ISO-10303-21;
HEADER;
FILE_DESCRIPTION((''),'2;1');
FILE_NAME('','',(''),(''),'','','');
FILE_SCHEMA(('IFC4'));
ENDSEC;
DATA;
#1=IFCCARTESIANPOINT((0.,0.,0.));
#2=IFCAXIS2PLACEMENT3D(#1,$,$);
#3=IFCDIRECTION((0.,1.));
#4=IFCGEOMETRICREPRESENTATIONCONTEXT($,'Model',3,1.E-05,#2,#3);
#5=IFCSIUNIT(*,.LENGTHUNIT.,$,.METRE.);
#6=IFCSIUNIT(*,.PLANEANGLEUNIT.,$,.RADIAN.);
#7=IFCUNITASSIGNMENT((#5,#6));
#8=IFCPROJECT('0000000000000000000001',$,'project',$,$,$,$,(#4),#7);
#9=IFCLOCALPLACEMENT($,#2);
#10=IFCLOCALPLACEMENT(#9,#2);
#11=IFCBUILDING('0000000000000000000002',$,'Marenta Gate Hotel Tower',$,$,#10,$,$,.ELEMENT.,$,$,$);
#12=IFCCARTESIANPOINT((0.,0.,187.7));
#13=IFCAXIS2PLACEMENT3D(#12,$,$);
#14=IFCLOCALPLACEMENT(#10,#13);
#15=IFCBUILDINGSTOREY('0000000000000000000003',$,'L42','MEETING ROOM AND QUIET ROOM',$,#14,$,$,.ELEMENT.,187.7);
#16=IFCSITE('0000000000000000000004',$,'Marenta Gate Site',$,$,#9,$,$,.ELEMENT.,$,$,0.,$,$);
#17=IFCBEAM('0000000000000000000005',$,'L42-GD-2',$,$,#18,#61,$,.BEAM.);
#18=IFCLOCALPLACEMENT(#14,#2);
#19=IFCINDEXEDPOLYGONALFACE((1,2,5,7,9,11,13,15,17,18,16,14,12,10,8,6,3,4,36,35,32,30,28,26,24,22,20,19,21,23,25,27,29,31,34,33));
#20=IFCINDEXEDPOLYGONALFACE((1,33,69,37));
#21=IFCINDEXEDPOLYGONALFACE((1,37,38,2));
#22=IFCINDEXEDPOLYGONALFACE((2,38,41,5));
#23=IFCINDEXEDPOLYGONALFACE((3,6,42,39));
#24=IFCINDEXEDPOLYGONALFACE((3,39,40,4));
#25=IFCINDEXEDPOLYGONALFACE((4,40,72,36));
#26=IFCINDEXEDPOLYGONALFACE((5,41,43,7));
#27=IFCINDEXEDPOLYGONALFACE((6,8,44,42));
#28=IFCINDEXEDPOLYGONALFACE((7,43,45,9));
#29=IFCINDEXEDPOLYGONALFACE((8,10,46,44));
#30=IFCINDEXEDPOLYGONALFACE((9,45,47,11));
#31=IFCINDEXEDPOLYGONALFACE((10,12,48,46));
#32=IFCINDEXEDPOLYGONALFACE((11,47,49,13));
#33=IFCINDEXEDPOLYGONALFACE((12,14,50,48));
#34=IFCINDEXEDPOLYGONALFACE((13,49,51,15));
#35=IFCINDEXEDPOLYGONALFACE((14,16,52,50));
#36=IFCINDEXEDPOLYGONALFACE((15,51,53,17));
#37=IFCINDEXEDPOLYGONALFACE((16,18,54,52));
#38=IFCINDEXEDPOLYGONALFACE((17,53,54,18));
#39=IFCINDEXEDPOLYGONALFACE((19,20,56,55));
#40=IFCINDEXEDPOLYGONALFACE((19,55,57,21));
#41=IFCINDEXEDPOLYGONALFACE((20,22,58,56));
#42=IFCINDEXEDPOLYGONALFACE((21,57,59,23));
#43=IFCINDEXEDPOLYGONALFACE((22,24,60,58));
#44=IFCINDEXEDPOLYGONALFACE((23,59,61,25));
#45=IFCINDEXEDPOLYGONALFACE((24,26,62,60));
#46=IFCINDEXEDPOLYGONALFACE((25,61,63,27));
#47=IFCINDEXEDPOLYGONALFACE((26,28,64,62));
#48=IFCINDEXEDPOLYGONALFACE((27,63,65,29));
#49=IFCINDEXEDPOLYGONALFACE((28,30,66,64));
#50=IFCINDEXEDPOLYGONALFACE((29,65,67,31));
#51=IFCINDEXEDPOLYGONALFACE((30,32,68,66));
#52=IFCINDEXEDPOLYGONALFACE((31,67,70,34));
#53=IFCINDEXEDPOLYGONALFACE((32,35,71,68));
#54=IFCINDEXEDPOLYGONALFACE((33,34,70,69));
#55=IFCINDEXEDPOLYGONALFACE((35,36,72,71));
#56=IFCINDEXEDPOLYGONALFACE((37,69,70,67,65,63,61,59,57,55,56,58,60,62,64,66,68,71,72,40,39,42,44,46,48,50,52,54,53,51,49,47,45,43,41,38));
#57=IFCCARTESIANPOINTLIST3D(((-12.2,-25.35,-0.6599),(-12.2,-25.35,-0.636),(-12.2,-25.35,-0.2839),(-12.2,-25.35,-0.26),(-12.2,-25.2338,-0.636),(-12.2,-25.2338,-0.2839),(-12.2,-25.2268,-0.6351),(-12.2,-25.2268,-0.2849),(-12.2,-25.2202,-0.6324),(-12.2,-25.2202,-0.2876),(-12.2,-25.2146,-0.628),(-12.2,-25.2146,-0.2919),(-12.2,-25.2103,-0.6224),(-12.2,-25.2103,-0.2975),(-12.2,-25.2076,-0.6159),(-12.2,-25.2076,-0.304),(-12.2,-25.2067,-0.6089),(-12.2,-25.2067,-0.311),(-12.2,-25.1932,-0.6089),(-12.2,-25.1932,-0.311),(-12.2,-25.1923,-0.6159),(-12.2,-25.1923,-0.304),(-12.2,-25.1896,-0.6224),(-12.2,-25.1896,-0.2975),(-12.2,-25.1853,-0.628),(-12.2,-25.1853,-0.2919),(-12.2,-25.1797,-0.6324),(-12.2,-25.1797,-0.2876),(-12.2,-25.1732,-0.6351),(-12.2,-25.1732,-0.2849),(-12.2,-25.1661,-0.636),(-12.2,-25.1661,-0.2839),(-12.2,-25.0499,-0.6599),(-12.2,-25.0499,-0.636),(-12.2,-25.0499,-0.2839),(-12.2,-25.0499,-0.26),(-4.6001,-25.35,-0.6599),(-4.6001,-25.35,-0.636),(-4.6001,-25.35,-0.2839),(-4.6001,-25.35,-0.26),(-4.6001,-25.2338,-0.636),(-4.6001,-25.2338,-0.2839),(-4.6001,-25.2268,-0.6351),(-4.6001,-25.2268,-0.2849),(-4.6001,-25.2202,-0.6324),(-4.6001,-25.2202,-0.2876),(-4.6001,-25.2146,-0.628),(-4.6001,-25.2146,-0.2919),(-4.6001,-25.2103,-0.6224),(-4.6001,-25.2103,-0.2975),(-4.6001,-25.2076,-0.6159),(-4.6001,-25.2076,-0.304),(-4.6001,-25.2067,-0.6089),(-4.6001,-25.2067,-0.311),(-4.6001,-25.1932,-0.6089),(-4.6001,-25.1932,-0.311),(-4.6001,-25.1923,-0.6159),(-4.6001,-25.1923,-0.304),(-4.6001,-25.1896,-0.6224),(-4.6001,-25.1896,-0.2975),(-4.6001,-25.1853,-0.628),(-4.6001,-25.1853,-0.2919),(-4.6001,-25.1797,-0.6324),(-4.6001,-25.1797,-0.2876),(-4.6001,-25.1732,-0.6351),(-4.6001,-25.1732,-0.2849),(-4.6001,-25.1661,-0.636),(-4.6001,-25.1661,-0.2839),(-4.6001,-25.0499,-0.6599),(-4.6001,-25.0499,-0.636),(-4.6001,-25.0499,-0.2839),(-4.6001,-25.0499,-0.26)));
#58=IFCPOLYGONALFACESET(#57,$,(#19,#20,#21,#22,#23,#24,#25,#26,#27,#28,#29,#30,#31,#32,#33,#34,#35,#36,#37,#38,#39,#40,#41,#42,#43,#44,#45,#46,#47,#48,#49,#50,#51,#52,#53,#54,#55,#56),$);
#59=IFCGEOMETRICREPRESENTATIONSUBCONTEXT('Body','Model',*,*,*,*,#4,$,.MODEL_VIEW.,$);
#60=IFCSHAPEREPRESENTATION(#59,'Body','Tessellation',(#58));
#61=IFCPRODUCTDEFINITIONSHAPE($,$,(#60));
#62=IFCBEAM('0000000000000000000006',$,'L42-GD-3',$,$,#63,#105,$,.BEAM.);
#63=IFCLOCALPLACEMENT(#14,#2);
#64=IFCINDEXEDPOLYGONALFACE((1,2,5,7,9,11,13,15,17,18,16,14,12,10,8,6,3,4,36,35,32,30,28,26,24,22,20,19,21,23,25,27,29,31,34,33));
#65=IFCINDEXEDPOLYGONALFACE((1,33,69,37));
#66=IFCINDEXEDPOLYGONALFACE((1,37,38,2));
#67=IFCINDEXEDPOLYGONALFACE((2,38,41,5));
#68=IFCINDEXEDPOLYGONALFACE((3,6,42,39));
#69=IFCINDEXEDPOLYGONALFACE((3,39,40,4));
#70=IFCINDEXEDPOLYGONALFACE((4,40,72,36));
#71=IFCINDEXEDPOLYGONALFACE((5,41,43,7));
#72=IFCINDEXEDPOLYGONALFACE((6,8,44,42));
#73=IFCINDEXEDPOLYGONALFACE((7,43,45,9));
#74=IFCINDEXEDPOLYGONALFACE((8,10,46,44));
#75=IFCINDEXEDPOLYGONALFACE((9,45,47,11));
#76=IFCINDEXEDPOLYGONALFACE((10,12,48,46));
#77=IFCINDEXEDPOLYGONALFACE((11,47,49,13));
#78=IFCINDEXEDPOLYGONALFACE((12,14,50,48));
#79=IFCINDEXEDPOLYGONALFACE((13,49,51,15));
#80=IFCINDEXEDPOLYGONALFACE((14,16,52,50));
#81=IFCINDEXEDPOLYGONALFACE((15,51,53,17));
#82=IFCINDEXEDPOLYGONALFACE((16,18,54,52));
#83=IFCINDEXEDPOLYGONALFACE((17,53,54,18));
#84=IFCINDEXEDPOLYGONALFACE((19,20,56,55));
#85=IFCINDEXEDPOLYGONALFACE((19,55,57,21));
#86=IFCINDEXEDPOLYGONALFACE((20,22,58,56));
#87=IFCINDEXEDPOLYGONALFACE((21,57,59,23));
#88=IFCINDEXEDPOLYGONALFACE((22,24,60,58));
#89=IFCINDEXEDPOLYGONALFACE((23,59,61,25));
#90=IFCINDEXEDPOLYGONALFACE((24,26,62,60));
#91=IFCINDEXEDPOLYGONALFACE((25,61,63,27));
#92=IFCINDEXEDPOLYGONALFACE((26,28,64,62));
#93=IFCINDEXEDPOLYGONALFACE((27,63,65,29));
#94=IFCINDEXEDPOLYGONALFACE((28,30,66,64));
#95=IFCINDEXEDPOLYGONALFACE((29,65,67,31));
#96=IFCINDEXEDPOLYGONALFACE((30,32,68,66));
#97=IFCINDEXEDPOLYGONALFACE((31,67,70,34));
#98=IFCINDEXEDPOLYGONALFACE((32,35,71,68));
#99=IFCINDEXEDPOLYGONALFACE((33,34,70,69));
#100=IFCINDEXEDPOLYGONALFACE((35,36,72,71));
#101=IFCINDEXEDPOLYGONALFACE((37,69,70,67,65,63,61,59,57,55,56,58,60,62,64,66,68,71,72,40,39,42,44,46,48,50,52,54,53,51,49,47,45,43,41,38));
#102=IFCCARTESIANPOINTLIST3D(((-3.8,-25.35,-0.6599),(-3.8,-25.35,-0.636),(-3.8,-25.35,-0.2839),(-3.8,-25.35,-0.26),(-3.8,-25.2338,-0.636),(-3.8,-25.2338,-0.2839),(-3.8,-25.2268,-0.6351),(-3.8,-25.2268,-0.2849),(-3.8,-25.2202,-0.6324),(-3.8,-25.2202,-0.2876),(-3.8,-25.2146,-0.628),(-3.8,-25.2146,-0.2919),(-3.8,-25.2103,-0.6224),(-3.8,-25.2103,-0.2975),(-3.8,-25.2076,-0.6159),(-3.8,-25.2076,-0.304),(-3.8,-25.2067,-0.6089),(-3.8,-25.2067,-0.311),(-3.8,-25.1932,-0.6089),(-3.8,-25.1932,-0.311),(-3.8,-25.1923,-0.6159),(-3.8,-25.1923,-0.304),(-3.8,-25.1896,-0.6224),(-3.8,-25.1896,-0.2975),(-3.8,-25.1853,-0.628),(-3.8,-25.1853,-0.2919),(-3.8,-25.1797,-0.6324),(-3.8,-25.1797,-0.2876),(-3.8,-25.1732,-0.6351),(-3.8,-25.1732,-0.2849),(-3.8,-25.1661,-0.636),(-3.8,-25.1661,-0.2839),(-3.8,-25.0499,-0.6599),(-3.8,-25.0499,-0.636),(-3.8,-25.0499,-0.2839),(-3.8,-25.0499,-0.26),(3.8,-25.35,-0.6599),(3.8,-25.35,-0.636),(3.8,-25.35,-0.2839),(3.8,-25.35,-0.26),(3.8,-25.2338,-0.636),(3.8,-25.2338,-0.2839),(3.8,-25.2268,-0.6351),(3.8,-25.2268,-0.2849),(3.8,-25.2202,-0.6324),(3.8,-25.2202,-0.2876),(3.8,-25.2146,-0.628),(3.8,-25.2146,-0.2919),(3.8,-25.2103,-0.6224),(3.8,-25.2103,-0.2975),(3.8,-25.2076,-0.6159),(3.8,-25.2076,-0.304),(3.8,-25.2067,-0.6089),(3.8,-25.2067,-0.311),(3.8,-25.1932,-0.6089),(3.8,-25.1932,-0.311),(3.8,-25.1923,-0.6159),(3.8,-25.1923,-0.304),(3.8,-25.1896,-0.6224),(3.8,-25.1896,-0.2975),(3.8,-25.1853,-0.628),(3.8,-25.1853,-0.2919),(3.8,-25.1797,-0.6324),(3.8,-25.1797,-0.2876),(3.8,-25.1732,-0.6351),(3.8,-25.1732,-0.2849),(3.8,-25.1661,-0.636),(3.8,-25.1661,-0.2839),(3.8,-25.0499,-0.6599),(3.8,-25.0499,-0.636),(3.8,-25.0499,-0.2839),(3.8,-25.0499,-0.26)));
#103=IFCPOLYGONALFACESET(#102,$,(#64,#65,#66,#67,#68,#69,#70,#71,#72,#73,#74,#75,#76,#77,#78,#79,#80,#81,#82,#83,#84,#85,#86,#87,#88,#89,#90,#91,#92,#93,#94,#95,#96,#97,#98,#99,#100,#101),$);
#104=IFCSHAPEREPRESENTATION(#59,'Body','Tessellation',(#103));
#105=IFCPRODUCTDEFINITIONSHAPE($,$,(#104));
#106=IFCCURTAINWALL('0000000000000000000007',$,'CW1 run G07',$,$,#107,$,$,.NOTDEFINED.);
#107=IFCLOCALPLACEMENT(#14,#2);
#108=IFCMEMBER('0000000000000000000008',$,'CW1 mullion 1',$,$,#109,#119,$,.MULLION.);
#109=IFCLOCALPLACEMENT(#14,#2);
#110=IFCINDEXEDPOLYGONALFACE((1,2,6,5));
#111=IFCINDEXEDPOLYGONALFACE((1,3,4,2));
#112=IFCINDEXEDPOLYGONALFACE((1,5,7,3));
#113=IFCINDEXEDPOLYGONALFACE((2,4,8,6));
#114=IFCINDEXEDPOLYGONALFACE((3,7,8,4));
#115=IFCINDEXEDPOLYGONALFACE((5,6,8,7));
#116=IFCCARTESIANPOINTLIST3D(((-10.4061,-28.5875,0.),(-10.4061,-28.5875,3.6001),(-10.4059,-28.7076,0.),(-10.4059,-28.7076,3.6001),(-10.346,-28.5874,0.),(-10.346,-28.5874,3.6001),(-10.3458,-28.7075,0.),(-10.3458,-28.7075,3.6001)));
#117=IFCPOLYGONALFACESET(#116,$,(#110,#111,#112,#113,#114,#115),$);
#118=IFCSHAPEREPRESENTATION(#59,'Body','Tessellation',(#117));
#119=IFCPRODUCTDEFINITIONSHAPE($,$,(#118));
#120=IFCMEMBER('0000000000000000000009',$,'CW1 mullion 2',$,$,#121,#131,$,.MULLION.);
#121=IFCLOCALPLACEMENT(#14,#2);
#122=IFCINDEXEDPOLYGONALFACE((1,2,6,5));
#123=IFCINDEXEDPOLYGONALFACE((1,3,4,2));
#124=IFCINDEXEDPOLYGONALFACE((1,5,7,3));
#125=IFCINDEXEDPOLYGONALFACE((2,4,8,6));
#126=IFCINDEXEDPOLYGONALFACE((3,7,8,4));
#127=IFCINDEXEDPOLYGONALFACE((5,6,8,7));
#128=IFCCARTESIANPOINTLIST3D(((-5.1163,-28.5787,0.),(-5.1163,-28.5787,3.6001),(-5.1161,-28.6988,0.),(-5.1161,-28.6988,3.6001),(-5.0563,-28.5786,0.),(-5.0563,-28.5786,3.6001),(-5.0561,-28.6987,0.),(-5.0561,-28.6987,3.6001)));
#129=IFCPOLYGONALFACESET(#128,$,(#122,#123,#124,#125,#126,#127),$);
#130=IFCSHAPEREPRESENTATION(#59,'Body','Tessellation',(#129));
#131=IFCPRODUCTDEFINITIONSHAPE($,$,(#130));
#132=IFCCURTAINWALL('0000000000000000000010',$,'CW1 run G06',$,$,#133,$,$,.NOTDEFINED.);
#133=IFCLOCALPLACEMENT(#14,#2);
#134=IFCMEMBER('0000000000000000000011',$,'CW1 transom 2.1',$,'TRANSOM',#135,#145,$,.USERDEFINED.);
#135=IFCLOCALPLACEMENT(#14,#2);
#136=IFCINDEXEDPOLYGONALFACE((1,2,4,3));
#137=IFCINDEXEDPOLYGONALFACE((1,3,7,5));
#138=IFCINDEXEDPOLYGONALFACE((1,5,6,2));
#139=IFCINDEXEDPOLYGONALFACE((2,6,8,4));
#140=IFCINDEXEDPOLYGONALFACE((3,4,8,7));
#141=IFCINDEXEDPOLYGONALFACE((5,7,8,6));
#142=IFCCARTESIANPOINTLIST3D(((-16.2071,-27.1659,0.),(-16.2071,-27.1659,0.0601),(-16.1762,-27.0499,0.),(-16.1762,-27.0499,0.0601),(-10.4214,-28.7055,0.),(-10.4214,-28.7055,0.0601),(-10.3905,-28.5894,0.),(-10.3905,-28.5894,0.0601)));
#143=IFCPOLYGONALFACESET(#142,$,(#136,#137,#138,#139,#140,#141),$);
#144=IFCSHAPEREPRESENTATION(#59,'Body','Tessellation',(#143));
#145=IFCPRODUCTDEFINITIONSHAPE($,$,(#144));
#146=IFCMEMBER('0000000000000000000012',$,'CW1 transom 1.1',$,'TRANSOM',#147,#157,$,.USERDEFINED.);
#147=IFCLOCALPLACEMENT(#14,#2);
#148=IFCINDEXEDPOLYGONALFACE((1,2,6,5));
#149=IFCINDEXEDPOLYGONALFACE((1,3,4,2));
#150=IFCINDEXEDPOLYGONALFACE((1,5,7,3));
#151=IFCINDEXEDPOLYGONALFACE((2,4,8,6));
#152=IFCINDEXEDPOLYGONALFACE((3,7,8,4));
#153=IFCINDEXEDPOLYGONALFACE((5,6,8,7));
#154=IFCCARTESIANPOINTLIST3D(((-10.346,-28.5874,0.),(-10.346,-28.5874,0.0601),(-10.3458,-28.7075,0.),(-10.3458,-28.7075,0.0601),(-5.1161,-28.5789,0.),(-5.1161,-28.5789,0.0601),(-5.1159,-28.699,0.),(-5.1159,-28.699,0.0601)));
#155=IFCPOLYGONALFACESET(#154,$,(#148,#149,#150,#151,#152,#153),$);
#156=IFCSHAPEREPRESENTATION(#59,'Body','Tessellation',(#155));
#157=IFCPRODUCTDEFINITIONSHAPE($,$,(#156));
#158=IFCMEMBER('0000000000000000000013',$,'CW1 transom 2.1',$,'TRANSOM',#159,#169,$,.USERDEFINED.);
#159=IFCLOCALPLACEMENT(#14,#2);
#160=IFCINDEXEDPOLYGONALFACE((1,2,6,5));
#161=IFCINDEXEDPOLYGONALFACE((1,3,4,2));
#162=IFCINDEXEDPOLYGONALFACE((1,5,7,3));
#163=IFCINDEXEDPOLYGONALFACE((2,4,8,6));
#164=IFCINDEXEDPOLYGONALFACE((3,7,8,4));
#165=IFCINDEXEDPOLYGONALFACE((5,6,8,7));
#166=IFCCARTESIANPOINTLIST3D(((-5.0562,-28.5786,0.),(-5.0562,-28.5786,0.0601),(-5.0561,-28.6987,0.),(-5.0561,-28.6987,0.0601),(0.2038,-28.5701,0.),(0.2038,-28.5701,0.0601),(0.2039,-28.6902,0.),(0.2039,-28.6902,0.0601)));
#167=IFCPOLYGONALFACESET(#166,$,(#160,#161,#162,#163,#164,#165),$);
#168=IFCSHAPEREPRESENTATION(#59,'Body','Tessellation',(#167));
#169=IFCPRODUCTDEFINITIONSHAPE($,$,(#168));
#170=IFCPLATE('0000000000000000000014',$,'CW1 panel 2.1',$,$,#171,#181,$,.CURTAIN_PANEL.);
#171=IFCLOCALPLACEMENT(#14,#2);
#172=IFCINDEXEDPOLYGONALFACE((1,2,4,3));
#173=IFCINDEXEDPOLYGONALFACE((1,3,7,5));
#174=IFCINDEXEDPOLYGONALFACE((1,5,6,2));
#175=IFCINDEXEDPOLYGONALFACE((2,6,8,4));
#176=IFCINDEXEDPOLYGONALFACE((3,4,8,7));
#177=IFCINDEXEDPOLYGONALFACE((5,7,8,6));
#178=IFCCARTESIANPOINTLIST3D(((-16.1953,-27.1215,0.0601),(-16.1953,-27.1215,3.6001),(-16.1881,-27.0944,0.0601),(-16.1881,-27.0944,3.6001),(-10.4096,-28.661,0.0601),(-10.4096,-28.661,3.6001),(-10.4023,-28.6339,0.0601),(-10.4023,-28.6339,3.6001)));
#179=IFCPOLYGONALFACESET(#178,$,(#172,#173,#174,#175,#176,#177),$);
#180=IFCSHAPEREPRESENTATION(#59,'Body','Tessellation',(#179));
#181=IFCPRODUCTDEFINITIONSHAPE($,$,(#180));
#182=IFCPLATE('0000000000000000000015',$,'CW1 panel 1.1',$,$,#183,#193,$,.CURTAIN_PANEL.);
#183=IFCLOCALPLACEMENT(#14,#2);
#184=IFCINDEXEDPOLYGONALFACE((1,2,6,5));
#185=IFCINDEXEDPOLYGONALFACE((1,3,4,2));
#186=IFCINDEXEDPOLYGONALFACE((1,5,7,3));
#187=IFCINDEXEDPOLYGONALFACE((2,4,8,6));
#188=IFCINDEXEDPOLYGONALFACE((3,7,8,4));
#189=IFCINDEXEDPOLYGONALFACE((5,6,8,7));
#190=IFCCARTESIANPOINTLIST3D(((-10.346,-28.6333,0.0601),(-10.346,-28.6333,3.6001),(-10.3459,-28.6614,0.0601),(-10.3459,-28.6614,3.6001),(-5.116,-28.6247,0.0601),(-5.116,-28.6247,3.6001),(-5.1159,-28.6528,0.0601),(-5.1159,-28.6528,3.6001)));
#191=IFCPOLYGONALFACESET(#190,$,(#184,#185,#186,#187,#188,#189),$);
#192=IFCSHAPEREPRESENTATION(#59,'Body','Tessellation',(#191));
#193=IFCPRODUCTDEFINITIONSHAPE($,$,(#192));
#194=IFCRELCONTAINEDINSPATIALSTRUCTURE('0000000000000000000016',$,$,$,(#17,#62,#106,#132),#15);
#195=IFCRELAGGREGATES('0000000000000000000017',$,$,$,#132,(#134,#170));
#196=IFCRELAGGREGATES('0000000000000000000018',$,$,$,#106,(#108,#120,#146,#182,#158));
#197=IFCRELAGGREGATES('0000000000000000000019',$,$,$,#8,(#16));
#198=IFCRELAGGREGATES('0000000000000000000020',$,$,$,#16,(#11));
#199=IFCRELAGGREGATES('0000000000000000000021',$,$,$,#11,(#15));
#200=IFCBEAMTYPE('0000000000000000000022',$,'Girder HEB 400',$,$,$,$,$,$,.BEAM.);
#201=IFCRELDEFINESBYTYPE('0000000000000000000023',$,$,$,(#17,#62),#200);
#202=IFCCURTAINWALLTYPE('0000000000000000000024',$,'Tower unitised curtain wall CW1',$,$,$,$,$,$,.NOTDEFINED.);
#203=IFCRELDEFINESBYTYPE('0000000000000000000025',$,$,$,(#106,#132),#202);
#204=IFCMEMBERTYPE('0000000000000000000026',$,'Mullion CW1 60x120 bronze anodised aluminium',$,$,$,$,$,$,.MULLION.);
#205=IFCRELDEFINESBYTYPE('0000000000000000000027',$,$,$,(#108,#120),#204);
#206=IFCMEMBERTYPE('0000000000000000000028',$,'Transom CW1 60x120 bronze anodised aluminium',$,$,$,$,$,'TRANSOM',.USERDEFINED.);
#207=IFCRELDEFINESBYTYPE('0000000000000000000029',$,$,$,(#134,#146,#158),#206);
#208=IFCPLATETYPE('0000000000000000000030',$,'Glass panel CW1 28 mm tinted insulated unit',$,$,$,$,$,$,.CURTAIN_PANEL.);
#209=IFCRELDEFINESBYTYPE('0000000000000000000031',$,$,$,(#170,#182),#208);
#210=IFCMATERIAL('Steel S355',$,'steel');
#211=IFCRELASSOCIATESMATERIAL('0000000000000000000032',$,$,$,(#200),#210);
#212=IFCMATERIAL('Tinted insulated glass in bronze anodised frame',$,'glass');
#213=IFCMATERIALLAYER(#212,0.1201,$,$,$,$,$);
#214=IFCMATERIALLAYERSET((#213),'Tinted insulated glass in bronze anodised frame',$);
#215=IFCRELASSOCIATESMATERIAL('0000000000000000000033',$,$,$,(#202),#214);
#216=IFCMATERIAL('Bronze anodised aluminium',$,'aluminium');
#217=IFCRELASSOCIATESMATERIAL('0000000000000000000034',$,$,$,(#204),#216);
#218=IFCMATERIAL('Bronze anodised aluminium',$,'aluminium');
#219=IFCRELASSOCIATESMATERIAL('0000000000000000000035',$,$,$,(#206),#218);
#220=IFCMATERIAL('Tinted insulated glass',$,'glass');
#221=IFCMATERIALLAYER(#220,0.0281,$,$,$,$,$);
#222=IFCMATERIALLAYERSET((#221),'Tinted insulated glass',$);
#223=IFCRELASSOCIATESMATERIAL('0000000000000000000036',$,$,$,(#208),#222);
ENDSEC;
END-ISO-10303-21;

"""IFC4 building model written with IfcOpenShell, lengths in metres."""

from ifc_helpers import new_model, si_unit, direction, frame, origin, origin_2d, place, context, subcontext, project, spatial, rectangle, i_section, extrude, material, layer, layer_set, material_profile, profile_set, type_object, element, aggregate, save


model = new_model("IFC4")

# Units and contexts
model_context = context("Model", 3, precision=1e-05, world=origin(), true_north=direction((0.0, 1.0)))
body_context = subcontext(model_context, "Body", "Model", "MODEL_VIEW")
ifc_project = project(units=[si_unit("LENGTHUNIT", "METRE"), si_unit("PLANEANGLEUNIT", "RADIAN")], contexts=[model_context])

# Site, building, storey
site_placement = place(None, origin())
site = spatial("IfcSite", under=ifc_project, at=site_placement, Name="Marenta Gate Site", CompositionType="ELEMENT", RefElevation=0.0)
building_placement = place(site_placement, origin())
building = spatial("IfcBuilding", under=site, at=building_placement, Name="Marenta Gate Hotel Tower", CompositionType="ELEMENT")
storey_placement = place(building_placement, frame((0.0, 0.0, 187.7)))
storey = spatial("IfcBuildingStorey", under=building, at=storey_placement, Name="L42", Description="MEETING ROOM AND QUIET ROOM", CompositionType="ELEMENT", Elevation=187.7)

# Beams
ifc_material_1 = material(Name="Steel S355", Category="steel")
ifc_material_profile_1 = material_profile(ifc_material_1, i_section(OverallWidth=0.3, OverallDepth=0.3999, WebThickness=0.0134, FlangeThickness=0.0239, FilletRadius=0.0271, at=origin_2d()), Name="HEB 400")
ifc_profile_set_1 = profile_set([ifc_material_profile_1], Name="Steel S355")
beam_type_1 = type_object("IfcBeamType", Name="Girder HEB 400", PredefinedType="BEAM", material=ifc_profile_set_1)
beam_1_placement = place(storey_placement, frame((-12.2, -25.2, -0.46), z_axis=(1.0, 0.0, 0.0), x_axis=(0.0, 1.0, 0.0)))
element("IfcBeam", 1, at=beam_1_placement, inside=storey, type_object=beam_type_1, Name="L42-GD-2", PredefinedType="BEAM", context=body_context, shape_type="SweptSolid", body=[
    extrude(i_section(OverallWidth=0.3, OverallDepth=0.3999, WebThickness=0.0134, FlangeThickness=0.0239, FilletRadius=0.0271, at=origin_2d()), origin(), (0.0, 0.0, 1.0), 7.5999),
])
beam_2_placement = place(storey_placement, frame((-3.8, -25.2, -0.46), z_axis=(1.0, 0.0, 0.0), x_axis=(0.0, 1.0, 0.0)))
element("IfcBeam", 2, at=beam_2_placement, inside=storey, type_object=beam_type_1, Name="L42-GD-3", PredefinedType="BEAM", context=body_context, shape_type="SweptSolid", body=[
    extrude(i_section(OverallWidth=0.3, OverallDepth=0.3999, WebThickness=0.0134, FlangeThickness=0.0239, FilletRadius=0.0271, at=origin_2d()), origin(), (0.0, 0.0, 1.0), 7.6001),
])

# Curtain wall, members
ifc_material_2 = material(Name="Tinted insulated glass in bronze anodised frame", Category="glass")
ifc_layer_1 = layer(ifc_material_2, 0.1201)
ifc_layer_set_1 = layer_set([ifc_layer_1], Name="Tinted insulated glass in bronze anodised frame")
curtain_wall_type = type_object("IfcCurtainWallType", Name="Tower unitised curtain wall CW1", PredefinedType="NOTDEFINED", material=ifc_layer_set_1)
curtain_wall_1_placement = place(storey_placement, origin())
curtain_wall_1 = element("IfcCurtainWall", 3, at=curtain_wall_1_placement, inside=storey, type_object=curtain_wall_type, Name="CW1 run G07", PredefinedType="NOTDEFINED")
ifc_material_3 = material(Name="Bronze anodised aluminium", Category="aluminium")
ifc_material_profile_2 = material_profile(ifc_material_3, rectangle(XDim=0.1201, YDim=0.0601, at=origin_2d()), Name="Mullion CW1 60x120 bronze anodised aluminium")
ifc_profile_set_2 = profile_set([ifc_material_profile_2], Name="Bronze anodised aluminium")
member_type_1 = type_object("IfcMemberType", Name="Mullion CW1 60x120 bronze anodised aluminium", PredefinedType="MULLION", material=ifc_profile_set_2)
member_1_placement = place(storey_placement, frame((-10.376, -28.6475, 0.0), z_axis=(0.0, 0.0, 1.0), x_axis=(-0.001645, 0.999999, 0.0)))
member_1 = element("IfcMember", 4, at=member_1_placement, type_object=member_type_1, Name="CW1 mullion 1", PredefinedType="MULLION", context=body_context, shape_type="SweptSolid", body=[
    extrude(rectangle(XDim=0.1201, YDim=0.0601, at=origin_2d()), origin(), (0.0, 0.0, 1.0), 3.6001),
])
member_2_placement = place(storey_placement, frame((-5.0862, -28.6387, 0.0), z_axis=(0.0, 0.0, 1.0), x_axis=(-0.001645, 0.999999, 0.0)))
member_2 = element("IfcMember", 5, at=member_2_placement, type_object=member_type_1, Name="CW1 mullion 2", PredefinedType="MULLION", context=body_context, shape_type="SweptSolid", body=[
    extrude(rectangle(XDim=0.1201, YDim=0.0601, at=origin_2d()), origin(), (0.0, 0.0, 1.0), 3.6001),
])

# Curtain wall, member
curtain_wall_2_placement = place(storey_placement, origin())
curtain_wall_2 = element("IfcCurtainWall", 6, at=curtain_wall_2_placement, inside=storey, type_object=curtain_wall_type, Name="CW1 run G06", PredefinedType="NOTDEFINED")
ifc_material_4 = material(Name="Bronze anodised aluminium", Category="aluminium")
ifc_material_profile_3 = material_profile(ifc_material_4, rectangle(XDim=0.1201, YDim=0.0601, at=origin_2d()), Name="Transom CW1 60x120 bronze anodised aluminium")
ifc_profile_set_3 = profile_set([ifc_material_profile_3], Name="Bronze anodised aluminium")
member_type_2 = type_object("IfcMemberType", Name="Transom CW1 60x120 bronze anodised aluminium", ElementType="TRANSOM", PredefinedType="USERDEFINED", material=ifc_profile_set_3)
member_3_placement = place(storey_placement, frame((-16.1917, -27.1079, 0.03), z_axis=(0.966372, -0.25715, 0.0), x_axis=(0.25715, 0.966372, 0.0)))
member_3 = element("IfcMember", 7, at=member_3_placement, type_object=member_type_2, Name="CW1 transom 2.1", ObjectType="TRANSOM", PredefinedType="USERDEFINED", context=body_context, shape_type="SweptSolid", body=[
    extrude(rectangle(XDim=0.1201, YDim=0.0601, at=origin_2d()), origin(), (0.0, 0.0, 1.0), 5.9871),
])

# Members
member_4_placement = place(storey_placement, frame((-10.3459, -28.6475, 0.03), z_axis=(0.999999, 0.001634, 0.0), x_axis=(-0.001634, 0.999999, 0.0)))
member_4 = element("IfcMember", 8, at=member_4_placement, type_object=member_type_2, Name="CW1 transom 1.1", ObjectType="TRANSOM", PredefinedType="USERDEFINED", context=body_context, shape_type="SweptSolid", body=[
    extrude(rectangle(XDim=0.1201, YDim=0.0601, at=origin_2d()), origin(), (0.0, 0.0, 1.0), 5.23),
])
member_5_placement = place(storey_placement, frame((-5.0562, -28.6387, 0.03), z_axis=(0.999999, 0.001625, 0.0), x_axis=(-0.001625, 0.999999, 0.0)))
member_5 = element("IfcMember", 9, at=member_5_placement, type_object=member_type_2, Name="CW1 transom 2.1", ObjectType="TRANSOM", PredefinedType="USERDEFINED", context=body_context, shape_type="SweptSolid", body=[
    extrude(rectangle(XDim=0.1201, YDim=0.0601, at=origin_2d()), origin(), (0.0, 0.0, 1.0), 5.26),
])

# Plates
ifc_material_5 = material(Name="Tinted insulated glass", Category="glass")
ifc_layer_2 = layer(ifc_material_5, 0.0281)
ifc_layer_set_2 = layer_set([ifc_layer_2], Name="Tinted insulated glass")
plate_type = type_object("IfcPlateType", Name="Glass panel CW1 28 mm tinted insulated unit", PredefinedType="CURTAIN_PANEL", material=ifc_layer_set_2)
plate_1_placement = place(storey_placement, frame((-13.2988, -27.8777, 0.0601), z_axis=(0.0, 0.0, 1.0), x_axis=(0.966374, -0.257139, 0.0)))
plate_1 = element("IfcPlate", 10, at=plate_1_placement, type_object=plate_type, Name="CW1 panel 2.1", PredefinedType="CURTAIN_PANEL", context=body_context, shape_type="SweptSolid", body=[
    extrude(rectangle(XDim=5.9871, YDim=0.0281, at=origin_2d()), origin(), (0.0, 0.0, 1.0), 3.54),
])
aggregate(curtain_wall_2, [member_3, plate_1])
plate_2_placement = place(storey_placement, frame((-7.731, -28.6431, 0.0601), z_axis=(0.0, 0.0, 1.0), x_axis=(0.999999, 0.001645, 0.0)))
plate_2 = element("IfcPlate", 11, at=plate_2_placement, type_object=plate_type, Name="CW1 panel 1.1", PredefinedType="CURTAIN_PANEL", context=body_context, shape_type="SweptSolid", body=[
    extrude(rectangle(XDim=5.23, YDim=0.0281, at=origin_2d()), origin(), (0.0, 0.0, 1.0), 3.54),
])
aggregate(curtain_wall_1, [member_1, member_2, member_4, plate_2, member_5])

save(model, "model.ifc")
